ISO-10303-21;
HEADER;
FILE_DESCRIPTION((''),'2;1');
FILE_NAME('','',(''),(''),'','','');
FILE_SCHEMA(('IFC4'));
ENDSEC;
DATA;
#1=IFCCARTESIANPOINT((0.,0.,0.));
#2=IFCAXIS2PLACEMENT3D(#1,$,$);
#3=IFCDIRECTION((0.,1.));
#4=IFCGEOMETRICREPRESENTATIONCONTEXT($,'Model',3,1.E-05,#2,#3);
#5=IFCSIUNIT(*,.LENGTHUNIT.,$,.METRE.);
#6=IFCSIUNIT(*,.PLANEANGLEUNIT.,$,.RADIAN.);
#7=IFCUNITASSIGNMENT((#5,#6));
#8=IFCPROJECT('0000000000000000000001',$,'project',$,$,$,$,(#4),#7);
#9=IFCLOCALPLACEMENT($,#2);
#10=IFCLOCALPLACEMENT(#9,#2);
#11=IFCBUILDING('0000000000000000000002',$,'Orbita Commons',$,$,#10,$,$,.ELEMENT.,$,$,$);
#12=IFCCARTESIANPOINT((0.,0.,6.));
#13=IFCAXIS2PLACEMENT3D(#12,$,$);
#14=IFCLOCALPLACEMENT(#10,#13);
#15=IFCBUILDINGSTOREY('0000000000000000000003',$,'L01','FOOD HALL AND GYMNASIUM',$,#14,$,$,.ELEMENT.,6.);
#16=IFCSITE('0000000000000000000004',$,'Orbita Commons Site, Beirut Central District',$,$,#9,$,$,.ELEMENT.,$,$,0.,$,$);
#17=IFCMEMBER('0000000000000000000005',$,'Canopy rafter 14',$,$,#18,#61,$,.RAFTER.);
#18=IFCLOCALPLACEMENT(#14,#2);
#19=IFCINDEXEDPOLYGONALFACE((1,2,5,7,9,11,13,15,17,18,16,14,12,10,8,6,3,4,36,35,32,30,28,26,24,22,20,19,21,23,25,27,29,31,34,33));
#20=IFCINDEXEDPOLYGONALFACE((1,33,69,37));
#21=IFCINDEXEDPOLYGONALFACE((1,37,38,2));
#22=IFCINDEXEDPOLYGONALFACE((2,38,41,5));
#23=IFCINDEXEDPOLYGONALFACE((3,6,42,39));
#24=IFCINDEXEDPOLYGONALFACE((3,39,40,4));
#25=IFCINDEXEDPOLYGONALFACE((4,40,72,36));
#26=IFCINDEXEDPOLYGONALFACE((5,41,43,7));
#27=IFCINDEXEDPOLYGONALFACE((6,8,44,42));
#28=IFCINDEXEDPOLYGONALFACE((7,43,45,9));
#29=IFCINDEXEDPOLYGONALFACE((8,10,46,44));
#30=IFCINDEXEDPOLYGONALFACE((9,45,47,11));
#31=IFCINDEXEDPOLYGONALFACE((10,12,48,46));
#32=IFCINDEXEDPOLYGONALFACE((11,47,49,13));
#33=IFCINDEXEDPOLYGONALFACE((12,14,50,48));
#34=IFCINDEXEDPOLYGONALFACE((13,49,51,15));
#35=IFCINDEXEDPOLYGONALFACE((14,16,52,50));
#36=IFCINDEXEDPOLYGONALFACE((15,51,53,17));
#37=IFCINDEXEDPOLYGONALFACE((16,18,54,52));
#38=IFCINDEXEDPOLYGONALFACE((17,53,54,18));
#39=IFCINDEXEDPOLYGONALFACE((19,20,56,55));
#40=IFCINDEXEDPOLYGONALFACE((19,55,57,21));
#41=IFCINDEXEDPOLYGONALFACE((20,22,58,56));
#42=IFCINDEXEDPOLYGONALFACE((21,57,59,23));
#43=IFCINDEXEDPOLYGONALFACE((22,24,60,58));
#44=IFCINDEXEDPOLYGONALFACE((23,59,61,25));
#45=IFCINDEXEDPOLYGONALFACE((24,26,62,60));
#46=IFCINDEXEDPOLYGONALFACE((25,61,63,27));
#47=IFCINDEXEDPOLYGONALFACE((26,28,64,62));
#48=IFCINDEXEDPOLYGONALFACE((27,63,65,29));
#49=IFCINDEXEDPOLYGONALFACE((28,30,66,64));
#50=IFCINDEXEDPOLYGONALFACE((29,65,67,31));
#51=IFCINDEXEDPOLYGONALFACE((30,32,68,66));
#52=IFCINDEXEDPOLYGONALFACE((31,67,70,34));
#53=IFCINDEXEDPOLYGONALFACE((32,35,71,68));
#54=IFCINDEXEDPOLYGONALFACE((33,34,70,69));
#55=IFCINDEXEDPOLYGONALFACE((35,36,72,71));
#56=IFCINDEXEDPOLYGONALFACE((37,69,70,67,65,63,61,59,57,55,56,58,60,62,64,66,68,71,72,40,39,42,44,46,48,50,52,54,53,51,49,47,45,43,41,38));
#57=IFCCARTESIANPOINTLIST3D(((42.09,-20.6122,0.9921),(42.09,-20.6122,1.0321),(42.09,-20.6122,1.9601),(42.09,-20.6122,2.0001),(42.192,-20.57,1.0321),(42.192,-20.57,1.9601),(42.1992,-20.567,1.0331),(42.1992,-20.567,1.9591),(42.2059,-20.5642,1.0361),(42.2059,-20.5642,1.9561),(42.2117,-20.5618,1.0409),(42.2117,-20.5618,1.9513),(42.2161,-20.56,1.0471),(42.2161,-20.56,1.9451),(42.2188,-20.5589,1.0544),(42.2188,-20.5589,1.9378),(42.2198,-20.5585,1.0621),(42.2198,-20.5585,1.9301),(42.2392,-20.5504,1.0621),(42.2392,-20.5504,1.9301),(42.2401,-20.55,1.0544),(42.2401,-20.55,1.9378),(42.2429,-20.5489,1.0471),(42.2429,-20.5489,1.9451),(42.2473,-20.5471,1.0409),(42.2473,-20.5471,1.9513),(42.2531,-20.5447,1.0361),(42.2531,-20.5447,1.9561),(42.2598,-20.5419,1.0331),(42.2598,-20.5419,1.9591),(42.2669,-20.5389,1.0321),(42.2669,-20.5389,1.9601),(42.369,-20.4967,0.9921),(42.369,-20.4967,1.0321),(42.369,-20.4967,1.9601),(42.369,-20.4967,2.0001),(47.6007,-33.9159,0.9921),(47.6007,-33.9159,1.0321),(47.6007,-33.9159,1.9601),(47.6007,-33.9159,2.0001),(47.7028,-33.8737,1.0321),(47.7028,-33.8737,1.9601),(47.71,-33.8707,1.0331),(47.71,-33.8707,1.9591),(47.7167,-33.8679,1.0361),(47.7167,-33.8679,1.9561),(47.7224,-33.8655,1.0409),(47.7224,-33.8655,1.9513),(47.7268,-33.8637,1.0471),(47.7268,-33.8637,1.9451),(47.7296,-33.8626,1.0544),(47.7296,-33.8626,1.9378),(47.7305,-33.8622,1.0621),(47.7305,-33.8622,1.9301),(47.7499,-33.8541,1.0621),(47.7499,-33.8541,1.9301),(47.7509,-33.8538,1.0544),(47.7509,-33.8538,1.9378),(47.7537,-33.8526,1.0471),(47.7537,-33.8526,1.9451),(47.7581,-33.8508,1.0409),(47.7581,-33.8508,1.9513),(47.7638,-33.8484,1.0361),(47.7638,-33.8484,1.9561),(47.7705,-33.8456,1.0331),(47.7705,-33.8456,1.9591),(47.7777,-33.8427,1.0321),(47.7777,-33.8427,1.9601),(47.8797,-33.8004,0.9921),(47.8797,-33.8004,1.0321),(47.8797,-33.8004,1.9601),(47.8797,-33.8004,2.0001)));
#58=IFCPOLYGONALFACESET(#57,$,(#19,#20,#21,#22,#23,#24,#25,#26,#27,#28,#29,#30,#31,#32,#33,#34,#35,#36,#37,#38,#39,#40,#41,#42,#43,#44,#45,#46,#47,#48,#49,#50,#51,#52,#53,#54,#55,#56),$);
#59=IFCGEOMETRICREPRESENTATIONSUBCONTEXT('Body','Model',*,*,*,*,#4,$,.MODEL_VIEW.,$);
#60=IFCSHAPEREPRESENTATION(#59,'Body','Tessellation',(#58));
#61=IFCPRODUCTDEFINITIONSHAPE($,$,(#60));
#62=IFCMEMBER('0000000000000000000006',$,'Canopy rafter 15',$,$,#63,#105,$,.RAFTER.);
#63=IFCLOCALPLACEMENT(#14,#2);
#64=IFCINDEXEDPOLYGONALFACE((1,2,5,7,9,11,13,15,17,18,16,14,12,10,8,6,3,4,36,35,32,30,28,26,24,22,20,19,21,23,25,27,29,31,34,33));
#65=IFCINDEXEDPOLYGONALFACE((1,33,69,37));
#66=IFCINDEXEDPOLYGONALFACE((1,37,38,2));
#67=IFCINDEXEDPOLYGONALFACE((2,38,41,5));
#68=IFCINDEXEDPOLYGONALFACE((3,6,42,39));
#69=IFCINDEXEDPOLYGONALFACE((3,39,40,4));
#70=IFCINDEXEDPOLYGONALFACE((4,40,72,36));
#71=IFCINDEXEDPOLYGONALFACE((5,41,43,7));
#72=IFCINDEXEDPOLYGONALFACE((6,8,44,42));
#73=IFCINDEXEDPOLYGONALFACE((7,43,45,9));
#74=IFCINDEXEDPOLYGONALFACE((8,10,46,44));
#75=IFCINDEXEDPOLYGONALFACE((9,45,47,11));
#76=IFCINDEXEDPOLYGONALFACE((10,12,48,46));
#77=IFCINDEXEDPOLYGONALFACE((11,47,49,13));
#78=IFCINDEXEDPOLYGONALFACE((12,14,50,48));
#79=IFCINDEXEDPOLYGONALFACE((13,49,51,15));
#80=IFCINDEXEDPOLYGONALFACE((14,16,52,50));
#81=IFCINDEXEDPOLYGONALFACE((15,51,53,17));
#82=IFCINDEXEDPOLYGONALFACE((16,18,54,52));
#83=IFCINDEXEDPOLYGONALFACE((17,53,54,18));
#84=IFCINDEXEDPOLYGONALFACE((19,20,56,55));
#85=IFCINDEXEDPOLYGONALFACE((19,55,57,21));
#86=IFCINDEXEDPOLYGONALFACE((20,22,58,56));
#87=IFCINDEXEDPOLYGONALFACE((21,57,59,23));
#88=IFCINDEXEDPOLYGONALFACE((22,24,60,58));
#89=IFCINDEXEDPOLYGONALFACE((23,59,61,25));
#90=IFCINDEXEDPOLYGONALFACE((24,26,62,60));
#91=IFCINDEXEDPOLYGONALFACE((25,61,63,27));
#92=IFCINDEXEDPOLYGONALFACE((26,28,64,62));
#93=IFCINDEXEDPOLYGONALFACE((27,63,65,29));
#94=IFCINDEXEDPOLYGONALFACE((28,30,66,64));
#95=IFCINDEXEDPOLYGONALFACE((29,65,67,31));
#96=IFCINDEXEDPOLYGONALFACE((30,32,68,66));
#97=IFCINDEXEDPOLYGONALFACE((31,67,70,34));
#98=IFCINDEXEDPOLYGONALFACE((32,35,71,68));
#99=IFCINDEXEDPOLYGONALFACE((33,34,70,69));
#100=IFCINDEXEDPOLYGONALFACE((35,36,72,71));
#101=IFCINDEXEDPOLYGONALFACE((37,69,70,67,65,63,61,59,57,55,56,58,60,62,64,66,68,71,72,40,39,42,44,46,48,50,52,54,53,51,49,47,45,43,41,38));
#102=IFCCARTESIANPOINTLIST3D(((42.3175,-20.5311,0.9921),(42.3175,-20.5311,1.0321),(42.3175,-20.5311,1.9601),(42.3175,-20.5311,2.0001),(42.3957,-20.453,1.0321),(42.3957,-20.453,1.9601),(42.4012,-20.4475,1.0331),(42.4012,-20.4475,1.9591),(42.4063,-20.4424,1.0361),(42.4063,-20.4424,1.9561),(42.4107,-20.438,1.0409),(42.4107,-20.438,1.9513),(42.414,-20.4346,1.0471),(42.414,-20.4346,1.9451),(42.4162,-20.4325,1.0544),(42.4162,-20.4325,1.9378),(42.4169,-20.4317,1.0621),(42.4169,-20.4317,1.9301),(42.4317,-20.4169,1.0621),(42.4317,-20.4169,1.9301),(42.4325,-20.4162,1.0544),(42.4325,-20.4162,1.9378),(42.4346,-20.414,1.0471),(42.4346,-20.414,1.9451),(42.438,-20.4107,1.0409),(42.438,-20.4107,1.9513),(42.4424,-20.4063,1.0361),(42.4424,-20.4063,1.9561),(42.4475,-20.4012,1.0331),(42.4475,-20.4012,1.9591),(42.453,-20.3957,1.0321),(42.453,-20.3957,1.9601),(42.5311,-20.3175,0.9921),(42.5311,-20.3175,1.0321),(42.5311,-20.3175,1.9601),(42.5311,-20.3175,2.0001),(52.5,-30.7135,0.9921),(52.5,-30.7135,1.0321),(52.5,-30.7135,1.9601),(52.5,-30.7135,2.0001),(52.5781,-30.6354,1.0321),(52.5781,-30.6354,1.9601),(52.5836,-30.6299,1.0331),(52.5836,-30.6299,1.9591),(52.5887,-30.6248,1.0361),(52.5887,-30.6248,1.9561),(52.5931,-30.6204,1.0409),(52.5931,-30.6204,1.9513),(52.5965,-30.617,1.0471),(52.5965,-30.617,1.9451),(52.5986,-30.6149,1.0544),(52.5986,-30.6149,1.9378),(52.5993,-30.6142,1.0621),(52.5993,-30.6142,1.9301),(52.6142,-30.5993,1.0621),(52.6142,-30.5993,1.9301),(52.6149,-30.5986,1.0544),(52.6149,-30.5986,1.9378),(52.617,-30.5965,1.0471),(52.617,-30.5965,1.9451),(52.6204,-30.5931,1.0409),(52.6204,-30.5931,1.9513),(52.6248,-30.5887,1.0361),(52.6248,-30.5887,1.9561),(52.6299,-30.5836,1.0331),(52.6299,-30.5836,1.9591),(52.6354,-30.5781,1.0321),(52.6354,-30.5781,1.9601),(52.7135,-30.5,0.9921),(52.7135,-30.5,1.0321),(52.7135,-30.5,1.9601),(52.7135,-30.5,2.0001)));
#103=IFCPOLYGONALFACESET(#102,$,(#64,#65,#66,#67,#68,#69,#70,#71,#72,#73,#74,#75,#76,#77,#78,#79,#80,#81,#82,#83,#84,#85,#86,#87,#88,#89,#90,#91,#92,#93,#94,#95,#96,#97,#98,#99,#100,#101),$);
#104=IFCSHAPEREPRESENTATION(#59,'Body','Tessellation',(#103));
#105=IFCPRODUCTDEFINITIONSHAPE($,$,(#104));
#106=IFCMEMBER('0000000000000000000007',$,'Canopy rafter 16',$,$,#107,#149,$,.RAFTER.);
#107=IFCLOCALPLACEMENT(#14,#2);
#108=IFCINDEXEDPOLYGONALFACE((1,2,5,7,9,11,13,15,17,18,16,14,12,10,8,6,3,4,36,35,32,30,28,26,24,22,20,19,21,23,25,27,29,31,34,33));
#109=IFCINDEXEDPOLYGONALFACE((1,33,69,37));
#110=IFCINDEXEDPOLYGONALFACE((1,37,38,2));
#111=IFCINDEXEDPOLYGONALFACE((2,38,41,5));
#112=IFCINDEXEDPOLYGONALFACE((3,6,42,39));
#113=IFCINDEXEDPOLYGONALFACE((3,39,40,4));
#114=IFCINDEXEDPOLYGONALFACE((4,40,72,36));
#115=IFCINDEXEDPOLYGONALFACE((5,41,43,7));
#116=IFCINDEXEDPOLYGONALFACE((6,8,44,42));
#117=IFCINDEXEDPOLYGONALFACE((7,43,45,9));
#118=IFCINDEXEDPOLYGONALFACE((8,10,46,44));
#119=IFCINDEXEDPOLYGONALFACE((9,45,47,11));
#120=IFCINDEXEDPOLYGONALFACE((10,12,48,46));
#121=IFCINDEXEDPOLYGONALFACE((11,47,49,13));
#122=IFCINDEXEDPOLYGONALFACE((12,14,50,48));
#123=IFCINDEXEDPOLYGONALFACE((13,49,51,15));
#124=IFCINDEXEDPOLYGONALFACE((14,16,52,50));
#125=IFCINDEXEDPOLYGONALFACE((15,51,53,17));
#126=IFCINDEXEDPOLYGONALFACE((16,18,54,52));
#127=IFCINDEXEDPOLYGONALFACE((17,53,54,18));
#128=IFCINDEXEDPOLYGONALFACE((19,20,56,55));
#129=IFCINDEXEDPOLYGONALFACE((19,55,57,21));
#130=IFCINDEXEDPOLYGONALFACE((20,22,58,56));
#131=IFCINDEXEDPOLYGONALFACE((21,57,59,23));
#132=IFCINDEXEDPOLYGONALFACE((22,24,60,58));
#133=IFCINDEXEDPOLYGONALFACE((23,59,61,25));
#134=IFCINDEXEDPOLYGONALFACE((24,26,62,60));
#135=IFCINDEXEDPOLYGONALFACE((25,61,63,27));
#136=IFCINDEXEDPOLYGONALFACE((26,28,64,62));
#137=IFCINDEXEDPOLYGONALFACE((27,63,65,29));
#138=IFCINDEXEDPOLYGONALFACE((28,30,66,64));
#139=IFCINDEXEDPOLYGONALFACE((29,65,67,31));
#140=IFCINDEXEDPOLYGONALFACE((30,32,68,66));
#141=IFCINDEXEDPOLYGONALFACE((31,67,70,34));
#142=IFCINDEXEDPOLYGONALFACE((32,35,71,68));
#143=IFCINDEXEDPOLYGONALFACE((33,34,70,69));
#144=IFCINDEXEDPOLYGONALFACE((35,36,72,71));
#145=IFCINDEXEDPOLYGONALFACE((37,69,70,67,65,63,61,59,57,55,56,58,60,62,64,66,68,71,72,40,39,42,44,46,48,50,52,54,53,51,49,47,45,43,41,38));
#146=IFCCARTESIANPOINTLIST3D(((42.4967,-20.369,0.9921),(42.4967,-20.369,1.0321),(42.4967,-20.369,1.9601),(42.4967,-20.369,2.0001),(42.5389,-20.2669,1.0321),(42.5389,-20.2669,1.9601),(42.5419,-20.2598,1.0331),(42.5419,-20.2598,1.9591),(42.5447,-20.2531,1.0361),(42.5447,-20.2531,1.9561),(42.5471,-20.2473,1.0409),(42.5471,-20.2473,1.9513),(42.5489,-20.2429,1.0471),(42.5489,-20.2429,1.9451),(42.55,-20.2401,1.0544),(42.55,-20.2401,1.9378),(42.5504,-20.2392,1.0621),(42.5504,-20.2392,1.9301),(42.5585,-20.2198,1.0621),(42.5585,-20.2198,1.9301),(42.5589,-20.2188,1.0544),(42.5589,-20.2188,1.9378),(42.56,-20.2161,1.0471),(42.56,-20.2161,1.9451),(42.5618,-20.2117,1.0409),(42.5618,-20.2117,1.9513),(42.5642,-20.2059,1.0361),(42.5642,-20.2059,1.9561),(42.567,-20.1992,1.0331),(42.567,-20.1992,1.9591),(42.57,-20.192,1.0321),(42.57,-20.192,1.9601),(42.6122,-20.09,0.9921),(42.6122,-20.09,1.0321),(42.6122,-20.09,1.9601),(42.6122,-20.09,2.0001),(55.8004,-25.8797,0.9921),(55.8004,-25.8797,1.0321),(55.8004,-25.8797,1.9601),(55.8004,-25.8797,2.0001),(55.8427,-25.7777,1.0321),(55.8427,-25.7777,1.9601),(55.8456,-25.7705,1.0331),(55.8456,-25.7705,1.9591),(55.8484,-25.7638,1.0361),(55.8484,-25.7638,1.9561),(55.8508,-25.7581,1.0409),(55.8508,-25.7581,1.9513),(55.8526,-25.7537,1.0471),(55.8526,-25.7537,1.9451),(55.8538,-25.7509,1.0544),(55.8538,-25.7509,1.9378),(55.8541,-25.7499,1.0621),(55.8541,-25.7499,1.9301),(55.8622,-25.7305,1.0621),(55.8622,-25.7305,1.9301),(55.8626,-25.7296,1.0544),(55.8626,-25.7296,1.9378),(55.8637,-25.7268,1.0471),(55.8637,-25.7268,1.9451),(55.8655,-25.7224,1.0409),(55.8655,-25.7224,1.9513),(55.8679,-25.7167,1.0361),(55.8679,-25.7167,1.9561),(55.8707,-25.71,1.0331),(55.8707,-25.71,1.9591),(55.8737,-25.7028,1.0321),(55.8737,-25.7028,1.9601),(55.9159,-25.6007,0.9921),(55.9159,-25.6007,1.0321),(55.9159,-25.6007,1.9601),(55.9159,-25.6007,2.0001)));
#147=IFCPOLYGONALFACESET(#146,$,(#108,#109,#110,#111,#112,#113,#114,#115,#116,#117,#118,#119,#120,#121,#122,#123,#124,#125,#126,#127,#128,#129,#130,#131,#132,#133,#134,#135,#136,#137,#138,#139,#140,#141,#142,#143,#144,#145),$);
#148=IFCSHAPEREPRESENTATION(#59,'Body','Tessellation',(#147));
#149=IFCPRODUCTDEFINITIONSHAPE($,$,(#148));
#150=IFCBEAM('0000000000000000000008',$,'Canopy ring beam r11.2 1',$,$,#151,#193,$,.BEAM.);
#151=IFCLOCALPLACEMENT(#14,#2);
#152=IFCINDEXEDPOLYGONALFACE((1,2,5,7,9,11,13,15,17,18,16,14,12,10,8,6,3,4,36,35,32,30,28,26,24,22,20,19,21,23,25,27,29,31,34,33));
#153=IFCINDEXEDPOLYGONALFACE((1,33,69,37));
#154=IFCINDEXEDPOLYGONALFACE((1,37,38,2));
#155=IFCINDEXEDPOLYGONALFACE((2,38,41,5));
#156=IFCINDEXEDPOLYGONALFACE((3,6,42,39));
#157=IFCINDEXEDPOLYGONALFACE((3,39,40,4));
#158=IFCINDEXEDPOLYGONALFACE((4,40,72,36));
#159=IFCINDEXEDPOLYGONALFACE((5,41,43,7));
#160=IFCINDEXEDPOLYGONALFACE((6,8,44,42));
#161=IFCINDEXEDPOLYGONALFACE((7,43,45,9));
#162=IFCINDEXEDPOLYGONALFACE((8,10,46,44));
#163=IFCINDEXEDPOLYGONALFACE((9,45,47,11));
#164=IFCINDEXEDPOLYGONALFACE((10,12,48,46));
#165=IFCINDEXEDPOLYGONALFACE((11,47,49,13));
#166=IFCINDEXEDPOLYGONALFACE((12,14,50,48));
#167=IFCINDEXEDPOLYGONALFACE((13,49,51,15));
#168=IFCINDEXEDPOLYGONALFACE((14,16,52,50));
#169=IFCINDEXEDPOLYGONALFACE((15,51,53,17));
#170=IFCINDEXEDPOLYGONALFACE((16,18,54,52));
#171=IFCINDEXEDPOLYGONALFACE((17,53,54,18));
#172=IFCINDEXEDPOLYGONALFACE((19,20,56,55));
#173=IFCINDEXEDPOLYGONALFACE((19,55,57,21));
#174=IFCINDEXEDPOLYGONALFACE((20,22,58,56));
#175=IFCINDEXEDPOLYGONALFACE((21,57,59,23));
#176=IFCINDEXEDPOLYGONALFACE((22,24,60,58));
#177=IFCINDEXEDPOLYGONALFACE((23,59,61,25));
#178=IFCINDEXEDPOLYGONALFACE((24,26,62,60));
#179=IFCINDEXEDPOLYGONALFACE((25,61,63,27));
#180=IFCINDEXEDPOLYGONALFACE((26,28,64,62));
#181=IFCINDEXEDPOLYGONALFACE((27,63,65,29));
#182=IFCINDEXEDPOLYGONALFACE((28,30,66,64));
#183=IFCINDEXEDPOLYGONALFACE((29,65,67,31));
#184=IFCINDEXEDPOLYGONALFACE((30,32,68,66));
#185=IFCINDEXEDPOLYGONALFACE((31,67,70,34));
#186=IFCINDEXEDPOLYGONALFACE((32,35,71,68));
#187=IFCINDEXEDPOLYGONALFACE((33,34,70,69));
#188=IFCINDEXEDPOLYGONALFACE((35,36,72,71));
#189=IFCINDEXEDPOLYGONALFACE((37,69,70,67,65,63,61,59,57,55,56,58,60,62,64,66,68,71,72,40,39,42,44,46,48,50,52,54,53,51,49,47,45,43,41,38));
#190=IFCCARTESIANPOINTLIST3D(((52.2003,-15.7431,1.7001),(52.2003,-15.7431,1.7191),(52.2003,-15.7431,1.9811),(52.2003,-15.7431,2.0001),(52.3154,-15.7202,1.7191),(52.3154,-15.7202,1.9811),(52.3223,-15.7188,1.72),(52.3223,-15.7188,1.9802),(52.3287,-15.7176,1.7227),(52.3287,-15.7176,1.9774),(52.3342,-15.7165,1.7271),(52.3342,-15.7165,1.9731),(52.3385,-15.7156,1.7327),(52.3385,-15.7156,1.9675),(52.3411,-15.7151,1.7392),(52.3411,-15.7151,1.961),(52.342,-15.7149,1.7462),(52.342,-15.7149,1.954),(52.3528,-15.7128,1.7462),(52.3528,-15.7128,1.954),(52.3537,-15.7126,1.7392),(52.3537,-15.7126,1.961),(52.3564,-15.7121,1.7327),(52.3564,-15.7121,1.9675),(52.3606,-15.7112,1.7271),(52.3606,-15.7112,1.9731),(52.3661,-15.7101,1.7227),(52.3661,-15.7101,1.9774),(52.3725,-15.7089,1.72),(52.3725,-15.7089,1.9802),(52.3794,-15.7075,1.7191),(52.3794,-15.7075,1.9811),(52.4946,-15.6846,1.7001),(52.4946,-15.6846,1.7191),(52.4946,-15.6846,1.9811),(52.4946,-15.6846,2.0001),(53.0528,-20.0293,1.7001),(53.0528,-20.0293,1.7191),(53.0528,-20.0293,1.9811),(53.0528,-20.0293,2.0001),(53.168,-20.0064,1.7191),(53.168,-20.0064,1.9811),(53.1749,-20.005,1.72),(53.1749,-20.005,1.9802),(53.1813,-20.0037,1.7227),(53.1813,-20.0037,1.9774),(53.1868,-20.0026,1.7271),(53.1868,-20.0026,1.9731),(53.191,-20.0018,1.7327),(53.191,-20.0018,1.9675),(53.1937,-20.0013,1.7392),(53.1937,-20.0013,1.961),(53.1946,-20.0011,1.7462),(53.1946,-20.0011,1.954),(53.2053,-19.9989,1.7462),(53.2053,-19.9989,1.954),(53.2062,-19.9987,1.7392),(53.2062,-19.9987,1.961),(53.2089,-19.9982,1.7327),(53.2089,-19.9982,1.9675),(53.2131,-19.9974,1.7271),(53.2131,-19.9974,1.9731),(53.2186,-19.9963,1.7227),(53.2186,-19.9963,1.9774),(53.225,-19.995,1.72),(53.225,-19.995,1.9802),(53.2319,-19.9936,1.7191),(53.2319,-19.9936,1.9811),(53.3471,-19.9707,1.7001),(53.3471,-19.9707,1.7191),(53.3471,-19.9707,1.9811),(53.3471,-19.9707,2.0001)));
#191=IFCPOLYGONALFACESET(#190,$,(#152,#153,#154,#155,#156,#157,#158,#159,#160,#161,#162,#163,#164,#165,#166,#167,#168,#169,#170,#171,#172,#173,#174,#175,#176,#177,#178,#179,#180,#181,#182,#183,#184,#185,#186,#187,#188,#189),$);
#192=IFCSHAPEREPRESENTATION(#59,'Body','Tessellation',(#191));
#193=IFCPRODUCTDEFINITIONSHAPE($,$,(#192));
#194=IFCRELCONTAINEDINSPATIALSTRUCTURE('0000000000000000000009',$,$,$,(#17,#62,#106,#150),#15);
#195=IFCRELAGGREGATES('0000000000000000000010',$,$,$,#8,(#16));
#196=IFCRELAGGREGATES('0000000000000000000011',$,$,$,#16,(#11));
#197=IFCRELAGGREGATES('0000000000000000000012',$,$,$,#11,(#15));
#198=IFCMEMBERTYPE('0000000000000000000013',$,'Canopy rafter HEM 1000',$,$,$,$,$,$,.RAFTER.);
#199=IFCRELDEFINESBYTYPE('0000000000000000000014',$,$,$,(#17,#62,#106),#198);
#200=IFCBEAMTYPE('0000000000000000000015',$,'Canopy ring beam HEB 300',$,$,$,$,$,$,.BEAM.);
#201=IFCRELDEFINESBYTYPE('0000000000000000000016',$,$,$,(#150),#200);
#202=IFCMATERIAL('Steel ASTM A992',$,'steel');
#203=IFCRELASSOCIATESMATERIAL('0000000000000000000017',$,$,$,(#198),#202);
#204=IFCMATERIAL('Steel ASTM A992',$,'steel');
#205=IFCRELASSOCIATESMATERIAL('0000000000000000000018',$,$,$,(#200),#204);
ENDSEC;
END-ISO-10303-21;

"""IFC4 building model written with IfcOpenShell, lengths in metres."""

from ifc_helpers import new_model, si_unit, direction, frame, origin, origin_2d, place, context, subcontext, project, spatial, i_section, extrude, material, material_profile, profile_set, type_object, element, save


model = new_model("IFC4")

# Units and contexts
model_context = context("Model", 3, precision=1e-05, world=origin(), true_north=direction((0.0, 1.0)))
body_context = subcontext(model_context, "Body", "Model", "MODEL_VIEW")
ifc_project = project(units=[si_unit("LENGTHUNIT", "METRE"), si_unit("PLANEANGLEUNIT", "RADIAN")], contexts=[model_context])

# Site, building, storey
site_placement = place(None, origin())
site = spatial("IfcSite", under=ifc_project, at=site_placement, Name="Orbita Commons Site, Beirut Central District", CompositionType="ELEMENT", RefElevation=0.0)
building_placement = place(site_placement, origin())
building = spatial("IfcBuilding", under=site, at=building_placement, Name="Orbita Commons", CompositionType="ELEMENT")
storey_placement = place(building_placement, frame((0.0, 0.0, 6.0)))
storey = spatial("IfcBuildingStorey", under=building, at=storey_placement, Name="L01", Description="FOOD HALL AND GYMNASIUM", CompositionType="ELEMENT", Elevation=6.0)

# Members
ifc_material_1 = material(Name="Steel ASTM A992", Category="steel")
ifc_material_profile_1 = material_profile(ifc_material_1, i_section(OverallWidth=0.302, OverallDepth=1.0081, WebThickness=0.021, FlangeThickness=0.04, FilletRadius=0.03, at=origin_2d()), Name="HEM 1000")
ifc_profile_set_1 = profile_set([ifc_material_profile_1], Name="Steel ASTM A992")
member_type_1 = type_object("IfcMemberType", Name="Canopy rafter HEM 1000", PredefinedType="RAFTER", material=ifc_profile_set_1)
for number, where, z_axis, x_axis, name in (
    (1, (42.2295, -20.5544, 1.4961), (0.382693, -0.923875, 0.0), (0.923875, 0.382693, 0.0), "Canopy rafter 14"),
):
    element("IfcMember", number, at=place(storey_placement, frame(where, z_axis=z_axis, x_axis=x_axis)), inside=storey, type_object=member_type_1, Name=name, PredefinedType="RAFTER", context=body_context, shape_type="SweptSolid", body=[
        extrude(i_section(OverallWidth=0.302, OverallDepth=1.0081, WebThickness=0.021, FlangeThickness=0.04, FilletRadius=0.03, at=origin_2d()), origin(), (0.0, 0.0, 1.0), 14.3999),
    ])
member_1_placement = place(storey_placement, frame((42.4243, -20.4243, 1.4961), z_axis=(0.707107, -0.707107, 0.0), x_axis=(0.707107, 0.707107, 0.0)))
element("IfcMember", 2, at=member_1_placement, inside=storey, type_object=member_type_1, Name="Canopy rafter 15", PredefinedType="RAFTER", context=body_context, shape_type="SweptSolid", body=[
    extrude(i_section(OverallWidth=0.302, OverallDepth=1.0081, WebThickness=0.021, FlangeThickness=0.04, FilletRadius=0.03, at=origin_2d()), origin(), (0.0, 0.0, 1.0), 14.4001),
])
member_2_placement = place(storey_placement, frame((42.5544, -20.2295, 1.4961), z_axis=(0.923875, -0.382693, 0.0), x_axis=(0.382693, 0.923875, 0.0)))
element("IfcMember", 3, at=member_2_placement, inside=storey, type_object=member_type_1, Name="Canopy rafter 16", PredefinedType="RAFTER", context=body_context, shape_type="SweptSolid", body=[
    extrude(i_section(OverallWidth=0.302, OverallDepth=1.0081, WebThickness=0.021, FlangeThickness=0.04, FilletRadius=0.03, at=origin_2d()), origin(), (0.0, 0.0, 1.0), 14.3999),
])

# Beam
ifc_material_2 = material(Name="Steel ASTM A992", Category="steel")
ifc_material_profile_2 = material_profile(ifc_material_2, i_section(OverallWidth=0.3, OverallDepth=0.3, WebThickness=0.011, FlangeThickness=0.019, FilletRadius=0.0271, at=origin_2d()), Name="HEB 300")
ifc_profile_set_2 = profile_set([ifc_material_profile_2], Name="Steel ASTM A992")
beam_type = type_object("IfcBeamType", Name="Canopy ring beam HEB 300", PredefinedType="BEAM", material=ifc_profile_set_2)
for number, where, z_axis, x_axis, name in (
    (4, (53.2, -20.0, 1.8501), (-0.195085, 0.980786, 0.0), (-0.980786, -0.195085, 0.0), "Canopy ring beam r11.2 1"),
):
    element("IfcBeam", number, at=place(storey_placement, frame(where, z_axis=z_axis, x_axis=x_axis)), inside=storey, type_object=beam_type, Name=name, PredefinedType="BEAM", context=body_context, shape_type="SweptSolid", body=[
        extrude(i_section(OverallWidth=0.3, OverallDepth=0.3, WebThickness=0.011, FlangeThickness=0.019, FilletRadius=0.0271, at=origin_2d()), origin(), (0.0, 0.0, 1.0), 4.3701),
    ])

save(model, "model.ifc")
